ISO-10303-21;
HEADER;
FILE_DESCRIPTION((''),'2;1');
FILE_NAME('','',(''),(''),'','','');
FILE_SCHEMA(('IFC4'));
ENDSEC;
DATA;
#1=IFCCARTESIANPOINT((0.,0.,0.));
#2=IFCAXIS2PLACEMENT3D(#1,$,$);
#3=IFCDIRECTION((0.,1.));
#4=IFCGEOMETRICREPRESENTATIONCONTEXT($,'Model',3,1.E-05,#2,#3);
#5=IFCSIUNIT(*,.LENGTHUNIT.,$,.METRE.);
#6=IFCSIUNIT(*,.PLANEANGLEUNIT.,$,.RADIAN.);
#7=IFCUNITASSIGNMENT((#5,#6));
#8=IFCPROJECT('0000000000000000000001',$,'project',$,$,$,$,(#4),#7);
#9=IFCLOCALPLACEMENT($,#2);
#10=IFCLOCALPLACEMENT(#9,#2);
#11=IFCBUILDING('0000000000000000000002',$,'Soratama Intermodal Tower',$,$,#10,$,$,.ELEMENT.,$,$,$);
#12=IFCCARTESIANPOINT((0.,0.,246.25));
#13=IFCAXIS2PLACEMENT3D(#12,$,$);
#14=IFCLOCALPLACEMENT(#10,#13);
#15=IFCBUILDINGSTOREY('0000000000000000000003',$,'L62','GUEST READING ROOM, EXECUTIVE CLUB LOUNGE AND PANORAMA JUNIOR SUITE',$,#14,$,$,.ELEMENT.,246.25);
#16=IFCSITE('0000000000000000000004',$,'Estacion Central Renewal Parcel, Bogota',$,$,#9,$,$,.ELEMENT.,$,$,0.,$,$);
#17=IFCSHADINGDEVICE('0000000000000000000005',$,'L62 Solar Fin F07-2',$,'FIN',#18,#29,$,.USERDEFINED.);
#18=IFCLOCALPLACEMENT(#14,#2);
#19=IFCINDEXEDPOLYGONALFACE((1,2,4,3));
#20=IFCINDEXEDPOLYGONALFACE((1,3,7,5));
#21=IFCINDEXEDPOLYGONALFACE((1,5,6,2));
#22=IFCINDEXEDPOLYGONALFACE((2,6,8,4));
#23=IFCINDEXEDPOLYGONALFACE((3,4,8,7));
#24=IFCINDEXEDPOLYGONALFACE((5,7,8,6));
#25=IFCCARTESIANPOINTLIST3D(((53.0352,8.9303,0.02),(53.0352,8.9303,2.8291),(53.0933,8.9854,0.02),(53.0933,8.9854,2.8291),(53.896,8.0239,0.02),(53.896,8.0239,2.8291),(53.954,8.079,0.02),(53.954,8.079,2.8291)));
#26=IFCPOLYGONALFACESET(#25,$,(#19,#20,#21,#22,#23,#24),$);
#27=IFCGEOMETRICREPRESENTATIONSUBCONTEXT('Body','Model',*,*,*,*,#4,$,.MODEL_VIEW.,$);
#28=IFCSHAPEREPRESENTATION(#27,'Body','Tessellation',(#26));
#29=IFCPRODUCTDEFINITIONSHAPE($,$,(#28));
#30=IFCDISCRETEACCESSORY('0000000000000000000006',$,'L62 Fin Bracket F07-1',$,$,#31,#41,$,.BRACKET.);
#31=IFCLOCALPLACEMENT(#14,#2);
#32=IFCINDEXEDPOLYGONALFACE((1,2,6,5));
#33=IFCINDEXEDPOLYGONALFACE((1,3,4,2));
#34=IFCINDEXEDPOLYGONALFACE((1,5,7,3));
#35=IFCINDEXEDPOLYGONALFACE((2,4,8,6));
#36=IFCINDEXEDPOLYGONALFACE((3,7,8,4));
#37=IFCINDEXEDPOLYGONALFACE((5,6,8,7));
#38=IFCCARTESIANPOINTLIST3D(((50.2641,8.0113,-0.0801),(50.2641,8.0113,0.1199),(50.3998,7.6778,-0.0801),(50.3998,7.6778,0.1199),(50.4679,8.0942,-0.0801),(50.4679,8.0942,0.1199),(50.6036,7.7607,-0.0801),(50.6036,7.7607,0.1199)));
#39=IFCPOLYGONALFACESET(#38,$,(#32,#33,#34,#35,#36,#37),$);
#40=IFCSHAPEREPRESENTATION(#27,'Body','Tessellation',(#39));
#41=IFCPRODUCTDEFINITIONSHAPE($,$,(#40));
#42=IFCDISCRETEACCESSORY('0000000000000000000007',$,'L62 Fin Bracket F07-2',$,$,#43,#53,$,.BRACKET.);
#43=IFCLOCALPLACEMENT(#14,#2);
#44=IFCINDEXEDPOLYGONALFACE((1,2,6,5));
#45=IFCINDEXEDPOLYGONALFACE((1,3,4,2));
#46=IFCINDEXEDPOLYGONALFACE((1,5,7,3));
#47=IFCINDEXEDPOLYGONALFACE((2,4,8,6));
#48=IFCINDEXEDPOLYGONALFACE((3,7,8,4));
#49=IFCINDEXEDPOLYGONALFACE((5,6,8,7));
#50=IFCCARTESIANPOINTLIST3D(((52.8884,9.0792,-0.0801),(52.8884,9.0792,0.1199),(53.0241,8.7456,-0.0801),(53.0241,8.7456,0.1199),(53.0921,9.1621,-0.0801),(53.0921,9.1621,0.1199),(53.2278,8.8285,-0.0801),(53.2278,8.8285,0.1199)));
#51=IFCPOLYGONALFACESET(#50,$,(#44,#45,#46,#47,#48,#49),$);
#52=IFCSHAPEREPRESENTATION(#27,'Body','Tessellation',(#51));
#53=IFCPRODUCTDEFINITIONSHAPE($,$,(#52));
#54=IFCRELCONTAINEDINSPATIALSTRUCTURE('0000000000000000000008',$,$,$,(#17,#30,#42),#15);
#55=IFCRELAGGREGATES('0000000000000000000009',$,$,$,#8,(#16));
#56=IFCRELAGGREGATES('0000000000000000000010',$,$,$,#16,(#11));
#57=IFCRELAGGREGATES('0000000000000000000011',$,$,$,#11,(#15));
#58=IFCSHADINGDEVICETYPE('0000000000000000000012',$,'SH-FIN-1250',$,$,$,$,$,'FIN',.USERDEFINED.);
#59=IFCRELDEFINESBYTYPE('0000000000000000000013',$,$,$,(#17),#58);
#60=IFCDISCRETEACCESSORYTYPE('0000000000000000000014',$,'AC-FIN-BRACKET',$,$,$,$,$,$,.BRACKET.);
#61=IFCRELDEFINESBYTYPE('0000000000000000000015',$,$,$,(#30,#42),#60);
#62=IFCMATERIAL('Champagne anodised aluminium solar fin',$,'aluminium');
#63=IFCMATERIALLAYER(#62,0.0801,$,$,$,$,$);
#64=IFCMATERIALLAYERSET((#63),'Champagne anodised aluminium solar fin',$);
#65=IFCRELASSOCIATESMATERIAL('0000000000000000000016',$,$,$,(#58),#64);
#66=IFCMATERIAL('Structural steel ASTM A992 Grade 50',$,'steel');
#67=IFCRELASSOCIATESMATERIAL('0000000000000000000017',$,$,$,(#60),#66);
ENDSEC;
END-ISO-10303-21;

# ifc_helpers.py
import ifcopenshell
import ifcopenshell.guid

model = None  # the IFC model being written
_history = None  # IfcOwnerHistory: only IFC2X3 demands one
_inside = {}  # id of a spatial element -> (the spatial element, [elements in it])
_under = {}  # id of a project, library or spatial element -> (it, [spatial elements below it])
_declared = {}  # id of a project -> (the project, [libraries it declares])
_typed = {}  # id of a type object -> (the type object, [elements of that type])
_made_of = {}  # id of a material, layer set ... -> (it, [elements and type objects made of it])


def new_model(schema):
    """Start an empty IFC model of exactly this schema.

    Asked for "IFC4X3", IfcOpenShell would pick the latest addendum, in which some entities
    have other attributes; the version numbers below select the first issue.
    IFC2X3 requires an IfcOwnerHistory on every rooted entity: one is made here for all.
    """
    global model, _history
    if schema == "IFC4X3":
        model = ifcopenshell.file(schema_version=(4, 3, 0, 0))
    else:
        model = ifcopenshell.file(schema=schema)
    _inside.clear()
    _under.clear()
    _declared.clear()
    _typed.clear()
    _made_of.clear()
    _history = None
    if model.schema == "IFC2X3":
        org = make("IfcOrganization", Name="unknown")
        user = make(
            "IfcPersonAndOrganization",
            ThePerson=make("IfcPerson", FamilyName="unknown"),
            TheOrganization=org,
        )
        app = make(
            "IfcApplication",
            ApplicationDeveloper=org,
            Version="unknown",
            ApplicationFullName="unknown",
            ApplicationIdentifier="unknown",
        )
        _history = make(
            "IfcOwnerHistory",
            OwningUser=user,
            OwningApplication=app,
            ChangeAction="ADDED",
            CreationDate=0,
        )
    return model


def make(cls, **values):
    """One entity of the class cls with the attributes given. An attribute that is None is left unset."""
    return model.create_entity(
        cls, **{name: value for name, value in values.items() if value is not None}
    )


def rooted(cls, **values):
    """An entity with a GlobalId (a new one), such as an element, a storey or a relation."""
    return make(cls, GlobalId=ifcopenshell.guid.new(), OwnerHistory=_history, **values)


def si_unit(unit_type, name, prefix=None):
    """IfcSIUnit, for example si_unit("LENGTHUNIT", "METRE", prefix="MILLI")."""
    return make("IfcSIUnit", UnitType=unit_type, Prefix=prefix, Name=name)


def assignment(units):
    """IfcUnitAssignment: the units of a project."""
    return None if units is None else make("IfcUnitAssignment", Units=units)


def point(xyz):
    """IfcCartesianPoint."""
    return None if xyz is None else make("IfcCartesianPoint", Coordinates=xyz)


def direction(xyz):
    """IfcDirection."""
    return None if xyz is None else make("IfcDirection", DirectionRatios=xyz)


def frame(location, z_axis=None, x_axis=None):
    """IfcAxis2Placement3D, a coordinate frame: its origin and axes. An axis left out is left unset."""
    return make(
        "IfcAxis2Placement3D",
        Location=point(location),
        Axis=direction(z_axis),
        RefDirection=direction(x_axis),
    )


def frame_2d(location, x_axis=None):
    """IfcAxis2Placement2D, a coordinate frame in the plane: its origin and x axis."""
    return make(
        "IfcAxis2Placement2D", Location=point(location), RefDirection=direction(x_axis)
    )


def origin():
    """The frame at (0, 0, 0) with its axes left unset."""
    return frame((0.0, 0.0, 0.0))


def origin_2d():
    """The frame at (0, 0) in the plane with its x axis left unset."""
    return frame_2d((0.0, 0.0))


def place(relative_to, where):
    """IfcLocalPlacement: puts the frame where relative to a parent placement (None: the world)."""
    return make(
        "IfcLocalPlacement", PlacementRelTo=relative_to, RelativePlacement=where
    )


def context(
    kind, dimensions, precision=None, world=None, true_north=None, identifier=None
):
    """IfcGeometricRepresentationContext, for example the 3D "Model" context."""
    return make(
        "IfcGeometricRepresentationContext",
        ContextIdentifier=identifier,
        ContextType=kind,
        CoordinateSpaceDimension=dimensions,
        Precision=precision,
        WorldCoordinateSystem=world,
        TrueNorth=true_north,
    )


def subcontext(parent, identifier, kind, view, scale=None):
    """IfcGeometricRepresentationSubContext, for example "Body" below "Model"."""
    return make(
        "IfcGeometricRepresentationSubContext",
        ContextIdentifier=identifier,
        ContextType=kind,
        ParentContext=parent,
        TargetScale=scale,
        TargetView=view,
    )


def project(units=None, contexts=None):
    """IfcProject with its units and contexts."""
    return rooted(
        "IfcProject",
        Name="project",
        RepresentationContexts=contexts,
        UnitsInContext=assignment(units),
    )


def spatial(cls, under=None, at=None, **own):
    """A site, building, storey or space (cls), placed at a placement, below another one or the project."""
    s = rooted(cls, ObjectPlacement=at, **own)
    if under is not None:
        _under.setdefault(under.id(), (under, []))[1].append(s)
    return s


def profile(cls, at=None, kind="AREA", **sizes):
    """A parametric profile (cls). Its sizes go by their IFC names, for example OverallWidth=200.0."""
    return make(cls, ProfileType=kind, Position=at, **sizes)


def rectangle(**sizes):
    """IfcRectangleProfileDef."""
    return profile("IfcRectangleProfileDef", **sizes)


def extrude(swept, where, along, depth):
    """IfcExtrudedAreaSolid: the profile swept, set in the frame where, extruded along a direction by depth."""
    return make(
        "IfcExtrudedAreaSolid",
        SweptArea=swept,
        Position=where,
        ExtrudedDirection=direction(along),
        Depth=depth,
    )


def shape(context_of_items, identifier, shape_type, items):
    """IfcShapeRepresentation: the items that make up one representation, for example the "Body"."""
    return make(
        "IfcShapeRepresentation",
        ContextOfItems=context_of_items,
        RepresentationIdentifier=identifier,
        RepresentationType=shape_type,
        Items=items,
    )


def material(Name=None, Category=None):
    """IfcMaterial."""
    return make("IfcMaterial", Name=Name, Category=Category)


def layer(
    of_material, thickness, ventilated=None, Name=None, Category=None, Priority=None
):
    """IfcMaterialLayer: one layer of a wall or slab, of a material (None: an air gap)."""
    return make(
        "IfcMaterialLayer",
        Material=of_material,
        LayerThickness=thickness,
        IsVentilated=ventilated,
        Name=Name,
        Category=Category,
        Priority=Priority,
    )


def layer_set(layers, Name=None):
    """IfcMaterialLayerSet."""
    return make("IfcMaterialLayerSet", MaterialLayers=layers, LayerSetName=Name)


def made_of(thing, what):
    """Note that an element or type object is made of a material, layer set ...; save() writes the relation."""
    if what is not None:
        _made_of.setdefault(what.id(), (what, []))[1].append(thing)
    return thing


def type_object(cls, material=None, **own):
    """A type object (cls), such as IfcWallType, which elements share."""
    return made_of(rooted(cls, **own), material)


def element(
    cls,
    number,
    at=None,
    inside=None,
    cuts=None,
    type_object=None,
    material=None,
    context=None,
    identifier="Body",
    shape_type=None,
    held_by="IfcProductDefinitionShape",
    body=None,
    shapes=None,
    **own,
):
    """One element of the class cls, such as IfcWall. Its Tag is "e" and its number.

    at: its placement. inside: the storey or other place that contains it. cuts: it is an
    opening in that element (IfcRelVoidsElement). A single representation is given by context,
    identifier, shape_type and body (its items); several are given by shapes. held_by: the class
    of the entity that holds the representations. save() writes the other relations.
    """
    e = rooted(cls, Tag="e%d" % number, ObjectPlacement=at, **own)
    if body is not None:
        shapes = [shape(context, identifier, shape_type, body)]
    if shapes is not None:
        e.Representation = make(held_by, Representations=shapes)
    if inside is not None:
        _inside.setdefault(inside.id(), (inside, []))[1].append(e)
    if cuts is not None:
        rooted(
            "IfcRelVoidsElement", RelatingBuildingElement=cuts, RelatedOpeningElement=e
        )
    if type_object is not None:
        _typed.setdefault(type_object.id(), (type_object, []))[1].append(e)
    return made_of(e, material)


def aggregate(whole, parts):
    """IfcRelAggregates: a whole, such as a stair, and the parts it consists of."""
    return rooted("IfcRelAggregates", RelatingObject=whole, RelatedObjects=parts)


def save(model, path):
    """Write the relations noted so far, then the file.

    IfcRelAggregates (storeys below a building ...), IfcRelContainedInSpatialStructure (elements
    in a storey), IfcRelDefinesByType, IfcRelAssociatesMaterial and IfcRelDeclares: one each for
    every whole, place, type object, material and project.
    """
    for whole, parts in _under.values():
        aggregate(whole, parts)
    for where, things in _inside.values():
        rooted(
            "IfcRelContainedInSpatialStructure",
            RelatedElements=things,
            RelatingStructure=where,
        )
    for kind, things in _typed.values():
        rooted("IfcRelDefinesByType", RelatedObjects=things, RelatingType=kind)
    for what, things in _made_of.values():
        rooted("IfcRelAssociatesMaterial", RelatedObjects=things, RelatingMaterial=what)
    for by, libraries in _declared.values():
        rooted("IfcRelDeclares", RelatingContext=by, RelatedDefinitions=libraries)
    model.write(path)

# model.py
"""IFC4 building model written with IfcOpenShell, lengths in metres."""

from ifc_helpers import new_model, si_unit, direction, frame, origin, origin_2d, place, context, subcontext, project, spatial, rectangle, extrude, material, layer, layer_set, type_object, element, save


model = new_model("IFC4")

# Units and contexts
model_context = context("Model", 3, precision=1e-05, world=origin(), true_north=direction((0.0, 1.0)))
body_context = subcontext(model_context, "Body", "Model", "MODEL_VIEW")
ifc_project = project(units=[si_unit("LENGTHUNIT", "METRE"), si_unit("PLANEANGLEUNIT", "RADIAN")], contexts=[model_context])

# Site, building, storey
site_placement = place(None, origin())
site = spatial("IfcSite", under=ifc_project, at=site_placement, Name="Estacion Central Renewal Parcel, Bogota", CompositionType="ELEMENT", RefElevation=0.0)
building_placement = place(site_placement, origin())
building = spatial("IfcBuilding", under=site, at=building_placement, Name="Soratama Intermodal Tower", CompositionType="ELEMENT")
storey_placement = place(building_placement, frame((0.0, 0.0, 246.25)))
storey = spatial("IfcBuildingStorey", under=building, at=storey_placement, Name="L62", Description="GUEST READING ROOM, EXECUTIVE CLUB LOUNGE AND PANORAMA JUNIOR SUITE", CompositionType="ELEMENT", Elevation=246.25)

# Shading device
ifc_material_1 = material(Name="Champagne anodised aluminium solar fin", Category="aluminium")
ifc_layer_1 = layer(ifc_material_1, 0.0801)
ifc_layer_set_1 = layer_set([ifc_layer_1], Name="Champagne anodised aluminium solar fin")
shading_device_type = type_object("IfcShadingDeviceType", Name="SH-FIN-1250", ElementType="FIN", PredefinedType="USERDEFINED", material=ifc_layer_set_1)
for number, where, z_axis, x_axis, name in (
    (1, (53.4946, 8.5046, 0.02), (0.0, 0.0, 1.0), (0.688608, -0.725134, 0.0), "L62 Solar Fin F07-2"),
):
    element("IfcShadingDevice", number, at=place(storey_placement, frame(where, z_axis=z_axis, x_axis=x_axis)), inside=storey, type_object=shading_device_type, Name=name, ObjectType="FIN", PredefinedType="USERDEFINED", context=body_context, shape_type="SweptSolid", body=[
        extrude(rectangle(XDim=1.25, YDim=0.0801, at=origin_2d()), origin(), (0.0, 0.0, 1.0), 2.8091),
    ])

# Discrete accessories
ifc_material_2 = material(Name="Structural steel ASTM A992 Grade 50", Category="steel")
discrete_accessory_type = type_object("IfcDiscreteAccessoryType", Name="AC-FIN-BRACKET", PredefinedType="BRACKET", material=ifc_material_2)
for number, where, z_axis, x_axis, name in (
    (2, (50.4338, 7.886, -0.0801), (0.0, 0.0, 1.0), (0.376871, -0.926266, 0.0), "L62 Fin Bracket F07-1"),
    (3, (53.0581, 8.9539, -0.0801), (0.0, 0.0, 1.0), (0.376871, -0.926266, 0.0), "L62 Fin Bracket F07-2"),
):
    element("IfcDiscreteAccessory", number, at=place(storey_placement, frame(where, z_axis=z_axis, x_axis=x_axis)), inside=storey, type_object=discrete_accessory_type, Name=name, PredefinedType="BRACKET", context=body_context, shape_type="SweptSolid", body=[
        extrude(rectangle(XDim=0.3601, YDim=0.22, at=origin_2d()), origin(), (0.0, 0.0, 1.0), 0.2),
    ])

save(model, "model.ifc")
